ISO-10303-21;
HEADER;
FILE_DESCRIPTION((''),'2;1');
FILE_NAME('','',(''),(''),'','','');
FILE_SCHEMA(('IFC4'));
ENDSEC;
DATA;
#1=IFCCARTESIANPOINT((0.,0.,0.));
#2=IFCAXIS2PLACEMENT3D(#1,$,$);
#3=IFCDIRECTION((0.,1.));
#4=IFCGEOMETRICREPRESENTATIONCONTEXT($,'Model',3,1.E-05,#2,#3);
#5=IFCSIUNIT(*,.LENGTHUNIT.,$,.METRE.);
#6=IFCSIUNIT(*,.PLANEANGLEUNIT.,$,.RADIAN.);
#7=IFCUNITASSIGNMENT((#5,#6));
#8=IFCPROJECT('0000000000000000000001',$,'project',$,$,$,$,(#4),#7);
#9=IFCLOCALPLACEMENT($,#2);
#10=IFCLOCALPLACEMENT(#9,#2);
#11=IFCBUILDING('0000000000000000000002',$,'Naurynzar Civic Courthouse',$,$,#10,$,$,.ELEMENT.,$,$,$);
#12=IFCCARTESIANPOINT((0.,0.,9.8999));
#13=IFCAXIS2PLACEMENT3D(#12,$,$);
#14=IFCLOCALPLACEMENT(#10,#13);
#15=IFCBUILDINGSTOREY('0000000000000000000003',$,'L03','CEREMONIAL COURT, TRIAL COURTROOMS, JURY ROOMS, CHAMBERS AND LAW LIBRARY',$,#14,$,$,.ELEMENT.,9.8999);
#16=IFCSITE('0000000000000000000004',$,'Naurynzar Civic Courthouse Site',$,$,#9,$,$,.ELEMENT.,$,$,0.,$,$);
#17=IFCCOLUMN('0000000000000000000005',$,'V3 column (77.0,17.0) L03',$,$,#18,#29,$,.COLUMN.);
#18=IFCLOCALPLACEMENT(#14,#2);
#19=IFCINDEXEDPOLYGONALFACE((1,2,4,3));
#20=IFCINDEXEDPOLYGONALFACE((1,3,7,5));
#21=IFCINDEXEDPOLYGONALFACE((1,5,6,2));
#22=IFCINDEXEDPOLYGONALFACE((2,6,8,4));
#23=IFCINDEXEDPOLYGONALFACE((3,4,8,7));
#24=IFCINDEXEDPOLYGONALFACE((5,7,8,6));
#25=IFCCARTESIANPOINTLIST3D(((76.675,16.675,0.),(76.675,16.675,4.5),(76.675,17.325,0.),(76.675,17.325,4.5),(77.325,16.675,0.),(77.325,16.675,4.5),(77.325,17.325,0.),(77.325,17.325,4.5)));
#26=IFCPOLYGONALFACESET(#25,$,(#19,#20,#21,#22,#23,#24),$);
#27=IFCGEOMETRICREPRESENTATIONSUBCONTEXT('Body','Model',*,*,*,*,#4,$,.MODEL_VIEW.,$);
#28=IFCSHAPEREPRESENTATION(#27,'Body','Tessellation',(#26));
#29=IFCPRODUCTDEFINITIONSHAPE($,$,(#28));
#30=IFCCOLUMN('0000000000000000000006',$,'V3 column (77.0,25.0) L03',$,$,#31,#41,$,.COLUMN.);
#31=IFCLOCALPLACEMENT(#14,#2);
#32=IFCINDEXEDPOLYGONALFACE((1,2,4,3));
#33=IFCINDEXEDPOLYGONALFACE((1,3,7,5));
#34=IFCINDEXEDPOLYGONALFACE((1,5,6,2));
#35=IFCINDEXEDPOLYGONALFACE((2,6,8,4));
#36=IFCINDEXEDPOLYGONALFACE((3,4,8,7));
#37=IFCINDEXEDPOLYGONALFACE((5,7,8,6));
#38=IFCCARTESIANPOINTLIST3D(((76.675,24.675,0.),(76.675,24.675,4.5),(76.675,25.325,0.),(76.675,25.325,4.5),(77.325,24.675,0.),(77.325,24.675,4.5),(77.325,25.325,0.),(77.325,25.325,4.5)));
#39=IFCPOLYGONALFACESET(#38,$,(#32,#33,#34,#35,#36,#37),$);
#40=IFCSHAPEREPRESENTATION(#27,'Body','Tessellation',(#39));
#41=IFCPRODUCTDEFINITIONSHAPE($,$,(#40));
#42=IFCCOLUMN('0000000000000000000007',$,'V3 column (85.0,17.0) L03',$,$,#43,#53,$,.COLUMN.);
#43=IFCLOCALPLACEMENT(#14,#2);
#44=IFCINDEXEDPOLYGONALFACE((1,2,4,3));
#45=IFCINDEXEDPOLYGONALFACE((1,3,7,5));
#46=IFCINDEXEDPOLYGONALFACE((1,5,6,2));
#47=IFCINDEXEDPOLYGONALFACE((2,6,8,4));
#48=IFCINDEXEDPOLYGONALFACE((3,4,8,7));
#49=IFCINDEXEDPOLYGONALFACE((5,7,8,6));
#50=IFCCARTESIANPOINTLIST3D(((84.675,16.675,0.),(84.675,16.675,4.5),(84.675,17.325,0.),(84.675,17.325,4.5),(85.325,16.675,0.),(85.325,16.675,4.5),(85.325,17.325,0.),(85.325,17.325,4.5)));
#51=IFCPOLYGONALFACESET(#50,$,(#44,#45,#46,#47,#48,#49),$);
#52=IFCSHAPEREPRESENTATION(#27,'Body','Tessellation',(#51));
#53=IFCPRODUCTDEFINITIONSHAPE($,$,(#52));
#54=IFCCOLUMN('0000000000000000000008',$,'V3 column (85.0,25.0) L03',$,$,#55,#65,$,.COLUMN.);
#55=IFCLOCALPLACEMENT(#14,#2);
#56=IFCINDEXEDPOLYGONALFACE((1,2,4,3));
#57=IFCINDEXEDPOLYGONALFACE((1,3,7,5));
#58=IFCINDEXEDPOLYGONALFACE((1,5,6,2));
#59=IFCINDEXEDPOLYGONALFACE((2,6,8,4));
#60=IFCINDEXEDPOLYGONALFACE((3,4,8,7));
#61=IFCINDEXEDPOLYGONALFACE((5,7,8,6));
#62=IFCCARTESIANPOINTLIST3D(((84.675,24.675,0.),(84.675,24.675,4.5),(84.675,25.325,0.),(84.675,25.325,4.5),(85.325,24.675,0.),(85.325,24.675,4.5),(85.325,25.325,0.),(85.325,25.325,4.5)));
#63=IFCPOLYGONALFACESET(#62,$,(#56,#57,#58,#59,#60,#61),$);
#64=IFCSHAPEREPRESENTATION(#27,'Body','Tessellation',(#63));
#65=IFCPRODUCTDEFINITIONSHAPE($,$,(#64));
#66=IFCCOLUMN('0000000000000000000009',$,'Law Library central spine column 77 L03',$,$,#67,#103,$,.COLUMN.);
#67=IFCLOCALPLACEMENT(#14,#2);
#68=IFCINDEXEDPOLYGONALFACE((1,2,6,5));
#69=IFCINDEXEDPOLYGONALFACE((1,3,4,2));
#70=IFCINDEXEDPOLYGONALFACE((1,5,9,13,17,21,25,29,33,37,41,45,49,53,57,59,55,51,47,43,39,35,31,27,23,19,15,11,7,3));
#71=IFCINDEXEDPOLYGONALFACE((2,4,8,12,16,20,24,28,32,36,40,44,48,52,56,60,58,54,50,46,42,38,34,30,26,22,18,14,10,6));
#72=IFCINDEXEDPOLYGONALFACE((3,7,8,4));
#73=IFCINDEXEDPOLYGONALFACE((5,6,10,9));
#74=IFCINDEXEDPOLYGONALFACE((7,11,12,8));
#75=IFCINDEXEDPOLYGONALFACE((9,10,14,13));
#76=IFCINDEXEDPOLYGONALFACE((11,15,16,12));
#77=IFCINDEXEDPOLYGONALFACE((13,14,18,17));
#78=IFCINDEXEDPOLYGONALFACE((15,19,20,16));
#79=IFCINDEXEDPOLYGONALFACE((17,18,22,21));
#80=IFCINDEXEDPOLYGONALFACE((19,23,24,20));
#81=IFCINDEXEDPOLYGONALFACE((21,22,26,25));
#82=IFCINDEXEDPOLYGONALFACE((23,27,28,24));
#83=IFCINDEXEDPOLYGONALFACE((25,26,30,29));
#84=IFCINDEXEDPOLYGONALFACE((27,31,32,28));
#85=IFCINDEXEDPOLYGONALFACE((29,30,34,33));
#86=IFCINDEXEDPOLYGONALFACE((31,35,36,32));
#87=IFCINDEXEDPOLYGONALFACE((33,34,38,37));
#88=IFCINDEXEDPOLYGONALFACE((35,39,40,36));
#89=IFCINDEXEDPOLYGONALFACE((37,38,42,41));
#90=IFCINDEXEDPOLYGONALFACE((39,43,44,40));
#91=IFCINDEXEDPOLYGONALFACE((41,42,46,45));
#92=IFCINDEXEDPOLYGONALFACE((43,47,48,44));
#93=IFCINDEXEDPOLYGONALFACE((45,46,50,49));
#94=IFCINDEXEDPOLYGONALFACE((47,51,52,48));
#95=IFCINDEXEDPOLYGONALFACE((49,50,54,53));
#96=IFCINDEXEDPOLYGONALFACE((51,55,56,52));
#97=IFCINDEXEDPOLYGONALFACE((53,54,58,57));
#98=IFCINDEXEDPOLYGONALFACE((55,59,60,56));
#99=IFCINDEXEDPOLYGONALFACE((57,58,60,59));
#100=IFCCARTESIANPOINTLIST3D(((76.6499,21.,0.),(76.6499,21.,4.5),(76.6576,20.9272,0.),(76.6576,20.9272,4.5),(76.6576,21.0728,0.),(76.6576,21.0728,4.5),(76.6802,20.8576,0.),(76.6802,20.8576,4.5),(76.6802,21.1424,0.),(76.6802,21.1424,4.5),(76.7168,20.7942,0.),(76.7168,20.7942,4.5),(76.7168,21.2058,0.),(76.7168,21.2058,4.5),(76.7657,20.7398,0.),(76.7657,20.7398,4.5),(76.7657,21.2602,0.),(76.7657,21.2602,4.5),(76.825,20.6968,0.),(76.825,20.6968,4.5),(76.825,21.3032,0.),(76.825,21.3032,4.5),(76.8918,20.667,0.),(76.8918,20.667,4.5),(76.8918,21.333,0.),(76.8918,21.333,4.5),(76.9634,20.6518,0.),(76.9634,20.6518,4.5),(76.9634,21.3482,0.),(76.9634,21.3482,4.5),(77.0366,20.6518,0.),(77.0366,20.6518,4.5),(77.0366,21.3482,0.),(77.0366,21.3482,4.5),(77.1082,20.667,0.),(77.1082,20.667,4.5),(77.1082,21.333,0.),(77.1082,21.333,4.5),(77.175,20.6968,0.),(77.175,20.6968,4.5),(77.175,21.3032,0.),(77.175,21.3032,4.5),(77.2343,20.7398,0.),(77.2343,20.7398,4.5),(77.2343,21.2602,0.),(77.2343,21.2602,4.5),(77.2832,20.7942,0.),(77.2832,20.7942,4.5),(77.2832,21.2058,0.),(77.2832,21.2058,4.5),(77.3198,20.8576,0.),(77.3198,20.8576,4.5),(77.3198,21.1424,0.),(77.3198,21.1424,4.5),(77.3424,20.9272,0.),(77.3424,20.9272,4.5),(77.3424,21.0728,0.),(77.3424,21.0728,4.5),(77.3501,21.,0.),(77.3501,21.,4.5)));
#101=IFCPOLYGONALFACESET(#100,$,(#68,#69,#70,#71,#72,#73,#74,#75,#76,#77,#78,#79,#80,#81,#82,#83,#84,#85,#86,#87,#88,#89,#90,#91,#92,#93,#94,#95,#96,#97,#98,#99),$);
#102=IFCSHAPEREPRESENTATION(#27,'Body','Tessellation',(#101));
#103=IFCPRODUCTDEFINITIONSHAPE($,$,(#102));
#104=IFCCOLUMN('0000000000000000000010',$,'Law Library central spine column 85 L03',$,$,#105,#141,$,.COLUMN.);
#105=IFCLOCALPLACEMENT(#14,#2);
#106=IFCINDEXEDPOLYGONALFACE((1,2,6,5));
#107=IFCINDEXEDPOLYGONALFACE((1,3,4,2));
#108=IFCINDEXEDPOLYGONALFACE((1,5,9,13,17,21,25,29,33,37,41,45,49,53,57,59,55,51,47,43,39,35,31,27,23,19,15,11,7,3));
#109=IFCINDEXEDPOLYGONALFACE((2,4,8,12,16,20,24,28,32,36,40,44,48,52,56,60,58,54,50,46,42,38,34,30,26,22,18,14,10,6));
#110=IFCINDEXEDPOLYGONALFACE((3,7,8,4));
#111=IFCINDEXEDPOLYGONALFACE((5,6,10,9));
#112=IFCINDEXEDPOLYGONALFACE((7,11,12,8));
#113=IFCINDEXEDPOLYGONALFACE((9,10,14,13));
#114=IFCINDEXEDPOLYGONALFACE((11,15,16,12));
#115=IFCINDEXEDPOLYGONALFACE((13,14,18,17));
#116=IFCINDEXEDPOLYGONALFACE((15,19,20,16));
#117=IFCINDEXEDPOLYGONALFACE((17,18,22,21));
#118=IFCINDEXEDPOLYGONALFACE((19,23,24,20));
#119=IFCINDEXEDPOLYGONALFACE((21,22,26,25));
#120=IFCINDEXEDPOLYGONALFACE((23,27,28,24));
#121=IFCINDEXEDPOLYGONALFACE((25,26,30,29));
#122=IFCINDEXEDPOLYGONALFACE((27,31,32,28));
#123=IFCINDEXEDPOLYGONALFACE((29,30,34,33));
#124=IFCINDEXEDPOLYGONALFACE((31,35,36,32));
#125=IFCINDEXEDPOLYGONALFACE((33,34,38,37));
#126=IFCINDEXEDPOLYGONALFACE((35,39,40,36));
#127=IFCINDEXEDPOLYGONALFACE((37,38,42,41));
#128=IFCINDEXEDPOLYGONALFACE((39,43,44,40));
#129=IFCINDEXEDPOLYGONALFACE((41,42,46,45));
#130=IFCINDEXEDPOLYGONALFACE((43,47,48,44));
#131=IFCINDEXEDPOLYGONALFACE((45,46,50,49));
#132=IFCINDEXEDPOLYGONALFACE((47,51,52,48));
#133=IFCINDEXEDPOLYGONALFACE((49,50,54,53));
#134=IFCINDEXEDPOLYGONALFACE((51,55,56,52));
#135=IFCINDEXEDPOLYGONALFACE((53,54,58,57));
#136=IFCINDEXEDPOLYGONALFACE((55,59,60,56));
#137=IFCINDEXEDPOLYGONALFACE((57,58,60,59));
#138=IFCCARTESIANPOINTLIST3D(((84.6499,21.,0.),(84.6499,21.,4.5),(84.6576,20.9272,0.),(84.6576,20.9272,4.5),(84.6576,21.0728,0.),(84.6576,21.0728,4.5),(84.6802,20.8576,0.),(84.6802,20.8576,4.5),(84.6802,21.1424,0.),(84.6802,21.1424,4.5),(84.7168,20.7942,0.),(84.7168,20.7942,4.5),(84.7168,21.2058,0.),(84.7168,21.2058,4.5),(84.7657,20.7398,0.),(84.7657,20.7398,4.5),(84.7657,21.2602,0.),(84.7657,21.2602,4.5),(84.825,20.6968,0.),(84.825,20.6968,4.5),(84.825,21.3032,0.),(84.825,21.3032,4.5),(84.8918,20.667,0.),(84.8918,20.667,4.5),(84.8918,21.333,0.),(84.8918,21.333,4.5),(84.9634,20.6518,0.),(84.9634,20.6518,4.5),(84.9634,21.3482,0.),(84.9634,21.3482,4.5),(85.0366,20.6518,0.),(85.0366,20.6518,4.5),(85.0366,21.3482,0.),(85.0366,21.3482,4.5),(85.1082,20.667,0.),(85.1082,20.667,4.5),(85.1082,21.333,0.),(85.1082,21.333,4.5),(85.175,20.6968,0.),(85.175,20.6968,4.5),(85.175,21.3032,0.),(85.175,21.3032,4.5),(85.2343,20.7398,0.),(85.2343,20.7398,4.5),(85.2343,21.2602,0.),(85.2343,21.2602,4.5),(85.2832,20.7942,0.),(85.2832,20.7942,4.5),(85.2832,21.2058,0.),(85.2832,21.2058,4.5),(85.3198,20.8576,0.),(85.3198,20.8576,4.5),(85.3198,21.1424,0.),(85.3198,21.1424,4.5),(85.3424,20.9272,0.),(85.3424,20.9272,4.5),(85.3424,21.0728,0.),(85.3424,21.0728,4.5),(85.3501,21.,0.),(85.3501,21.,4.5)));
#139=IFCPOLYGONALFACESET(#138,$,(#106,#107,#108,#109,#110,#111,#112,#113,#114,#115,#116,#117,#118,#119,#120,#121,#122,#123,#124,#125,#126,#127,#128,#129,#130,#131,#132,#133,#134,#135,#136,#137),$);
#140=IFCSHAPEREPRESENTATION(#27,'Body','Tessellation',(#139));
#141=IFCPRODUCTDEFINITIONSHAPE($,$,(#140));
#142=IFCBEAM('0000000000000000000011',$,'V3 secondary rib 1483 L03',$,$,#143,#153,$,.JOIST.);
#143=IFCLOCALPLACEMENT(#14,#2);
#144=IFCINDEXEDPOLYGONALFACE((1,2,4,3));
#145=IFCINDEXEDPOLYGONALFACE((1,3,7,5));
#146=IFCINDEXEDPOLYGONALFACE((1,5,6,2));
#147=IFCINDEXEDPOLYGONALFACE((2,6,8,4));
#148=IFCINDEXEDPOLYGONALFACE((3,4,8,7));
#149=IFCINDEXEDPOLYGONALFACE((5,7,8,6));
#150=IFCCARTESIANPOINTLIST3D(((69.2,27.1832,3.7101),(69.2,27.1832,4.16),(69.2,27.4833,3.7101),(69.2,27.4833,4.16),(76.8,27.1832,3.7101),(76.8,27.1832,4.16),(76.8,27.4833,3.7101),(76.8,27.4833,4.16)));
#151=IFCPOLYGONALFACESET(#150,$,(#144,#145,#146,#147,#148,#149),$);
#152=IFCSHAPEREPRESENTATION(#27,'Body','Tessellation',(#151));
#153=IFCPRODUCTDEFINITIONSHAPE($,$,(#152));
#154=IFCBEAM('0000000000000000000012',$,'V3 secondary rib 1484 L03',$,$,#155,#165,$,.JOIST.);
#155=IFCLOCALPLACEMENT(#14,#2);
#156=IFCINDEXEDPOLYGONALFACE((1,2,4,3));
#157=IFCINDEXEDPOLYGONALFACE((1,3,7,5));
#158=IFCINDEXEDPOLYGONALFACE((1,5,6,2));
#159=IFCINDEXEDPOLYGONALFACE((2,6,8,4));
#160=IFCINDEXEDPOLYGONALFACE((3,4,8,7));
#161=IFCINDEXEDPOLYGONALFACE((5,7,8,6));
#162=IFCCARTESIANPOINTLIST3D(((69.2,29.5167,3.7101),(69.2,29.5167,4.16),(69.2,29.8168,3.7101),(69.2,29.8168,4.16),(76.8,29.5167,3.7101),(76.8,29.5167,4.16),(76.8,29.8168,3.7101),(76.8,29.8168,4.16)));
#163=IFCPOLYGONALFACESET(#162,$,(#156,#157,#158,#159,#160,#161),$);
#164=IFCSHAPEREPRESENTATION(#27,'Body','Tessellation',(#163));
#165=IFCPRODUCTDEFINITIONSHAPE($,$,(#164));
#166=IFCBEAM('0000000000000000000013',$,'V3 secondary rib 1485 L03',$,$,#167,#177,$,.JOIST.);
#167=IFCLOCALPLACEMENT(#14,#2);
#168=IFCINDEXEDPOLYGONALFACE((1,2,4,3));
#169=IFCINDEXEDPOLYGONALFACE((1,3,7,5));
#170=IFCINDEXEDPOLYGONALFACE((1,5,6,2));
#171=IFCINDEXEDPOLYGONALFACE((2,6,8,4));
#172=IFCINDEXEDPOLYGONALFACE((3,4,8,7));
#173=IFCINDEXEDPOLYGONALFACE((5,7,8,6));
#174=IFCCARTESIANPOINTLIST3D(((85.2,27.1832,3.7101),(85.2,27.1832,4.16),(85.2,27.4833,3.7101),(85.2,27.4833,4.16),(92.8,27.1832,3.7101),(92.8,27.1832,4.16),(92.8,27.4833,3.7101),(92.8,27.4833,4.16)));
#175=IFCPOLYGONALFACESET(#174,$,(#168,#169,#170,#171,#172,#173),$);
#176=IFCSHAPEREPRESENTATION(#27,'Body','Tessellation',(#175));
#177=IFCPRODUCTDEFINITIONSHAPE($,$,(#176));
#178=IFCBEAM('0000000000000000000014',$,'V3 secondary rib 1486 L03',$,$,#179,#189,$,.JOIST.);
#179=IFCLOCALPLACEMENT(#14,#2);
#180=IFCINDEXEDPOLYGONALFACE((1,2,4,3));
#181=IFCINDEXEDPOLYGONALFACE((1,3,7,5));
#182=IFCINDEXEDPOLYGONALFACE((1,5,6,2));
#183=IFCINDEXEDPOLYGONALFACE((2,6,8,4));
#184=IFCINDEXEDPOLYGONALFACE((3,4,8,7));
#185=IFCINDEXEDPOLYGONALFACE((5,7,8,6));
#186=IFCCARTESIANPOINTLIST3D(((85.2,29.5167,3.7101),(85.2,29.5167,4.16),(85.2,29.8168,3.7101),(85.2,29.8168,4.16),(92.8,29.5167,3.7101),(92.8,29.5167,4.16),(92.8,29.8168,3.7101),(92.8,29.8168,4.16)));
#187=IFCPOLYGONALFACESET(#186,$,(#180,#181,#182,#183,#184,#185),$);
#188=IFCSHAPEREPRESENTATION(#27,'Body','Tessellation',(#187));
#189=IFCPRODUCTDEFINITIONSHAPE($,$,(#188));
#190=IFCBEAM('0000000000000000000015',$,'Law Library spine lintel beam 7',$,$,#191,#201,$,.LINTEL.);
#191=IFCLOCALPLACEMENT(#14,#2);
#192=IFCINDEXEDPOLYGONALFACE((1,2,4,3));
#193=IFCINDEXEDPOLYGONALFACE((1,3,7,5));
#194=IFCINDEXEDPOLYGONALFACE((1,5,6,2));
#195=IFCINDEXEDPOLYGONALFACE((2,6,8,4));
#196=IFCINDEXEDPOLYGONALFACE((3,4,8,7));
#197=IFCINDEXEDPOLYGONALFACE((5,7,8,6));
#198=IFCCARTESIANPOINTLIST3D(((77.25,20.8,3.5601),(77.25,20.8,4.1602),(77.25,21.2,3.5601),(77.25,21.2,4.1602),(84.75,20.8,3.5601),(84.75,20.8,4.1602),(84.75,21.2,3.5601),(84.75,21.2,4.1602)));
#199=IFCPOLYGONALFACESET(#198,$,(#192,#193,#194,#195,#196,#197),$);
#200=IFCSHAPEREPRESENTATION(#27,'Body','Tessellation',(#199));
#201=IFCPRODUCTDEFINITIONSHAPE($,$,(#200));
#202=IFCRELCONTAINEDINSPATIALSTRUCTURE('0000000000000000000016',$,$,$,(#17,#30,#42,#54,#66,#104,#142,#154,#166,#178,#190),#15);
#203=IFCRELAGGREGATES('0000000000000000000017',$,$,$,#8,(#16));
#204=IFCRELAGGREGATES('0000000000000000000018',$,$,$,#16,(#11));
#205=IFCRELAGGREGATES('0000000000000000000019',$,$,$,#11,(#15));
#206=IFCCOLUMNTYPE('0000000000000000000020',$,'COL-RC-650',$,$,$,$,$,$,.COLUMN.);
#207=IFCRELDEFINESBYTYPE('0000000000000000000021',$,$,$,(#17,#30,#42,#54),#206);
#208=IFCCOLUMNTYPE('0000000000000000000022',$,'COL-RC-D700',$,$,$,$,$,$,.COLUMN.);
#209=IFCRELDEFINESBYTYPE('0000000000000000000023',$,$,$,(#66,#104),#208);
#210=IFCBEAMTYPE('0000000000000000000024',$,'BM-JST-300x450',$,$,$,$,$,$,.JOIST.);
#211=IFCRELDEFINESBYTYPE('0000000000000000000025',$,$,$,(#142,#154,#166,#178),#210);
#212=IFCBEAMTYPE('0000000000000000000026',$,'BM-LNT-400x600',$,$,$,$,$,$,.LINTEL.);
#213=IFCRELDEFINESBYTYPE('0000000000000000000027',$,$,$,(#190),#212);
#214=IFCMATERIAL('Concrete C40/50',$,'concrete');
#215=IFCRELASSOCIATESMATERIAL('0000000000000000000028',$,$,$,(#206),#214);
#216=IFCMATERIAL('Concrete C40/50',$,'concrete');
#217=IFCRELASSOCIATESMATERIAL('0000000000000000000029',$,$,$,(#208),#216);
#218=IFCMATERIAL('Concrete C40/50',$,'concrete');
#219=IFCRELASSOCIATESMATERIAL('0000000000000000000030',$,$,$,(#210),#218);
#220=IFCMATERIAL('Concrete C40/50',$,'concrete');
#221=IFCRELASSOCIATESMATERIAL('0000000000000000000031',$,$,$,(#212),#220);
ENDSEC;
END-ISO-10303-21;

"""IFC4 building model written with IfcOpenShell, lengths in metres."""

from ifc_helpers import new_model, si_unit, direction, frame, origin, origin_2d, place, context, subcontext, project, spatial, rectangle, circle, extrude, material, material_profile, profile_set, type_object, element, save


model = new_model("IFC4")

# Units and contexts
model_context = context("Model", 3, precision=1e-05, world=origin(), true_north=direction((0.0, 1.0)))
body_context = subcontext(model_context, "Body", "Model", "MODEL_VIEW")
ifc_project = project(units=[si_unit("LENGTHUNIT", "METRE"), si_unit("PLANEANGLEUNIT", "RADIAN")], contexts=[model_context])

# Site, building, storey
site_placement = place(None, origin())
site = spatial("IfcSite", under=ifc_project, at=site_placement, Name="Naurynzar Civic Courthouse Site", CompositionType="ELEMENT", RefElevation=0.0)
building_placement = place(site_placement, origin())
building = spatial("IfcBuilding", under=site, at=building_placement, Name="Naurynzar Civic Courthouse", CompositionType="ELEMENT")
storey_placement = place(building_placement, frame((0.0, 0.0, 9.8999)))
storey = spatial("IfcBuildingStorey", under=building, at=storey_placement, Name="L03", Description="CEREMONIAL COURT, TRIAL COURTROOMS, JURY ROOMS, CHAMBERS AND LAW LIBRARY", CompositionType="ELEMENT", Elevation=9.8999)

# Columns
ifc_material_1 = material(Name="Concrete C40/50", Category="concrete")
ifc_material_profile_1 = material_profile(ifc_material_1, rectangle(XDim=0.6499, YDim=0.6499, at=origin_2d()), Name="RC 650x650")
ifc_profile_set_1 = profile_set([ifc_material_profile_1], Name="Concrete C40/50")
column_type_1 = type_object("IfcColumnType", Name="COL-RC-650", PredefinedType="COLUMN", material=ifc_profile_set_1)
for number, where, z_axis, x_axis, name in (
    (1, (77.0, 17.0, 0.0), (0.0, 0.0, 1.0), (1.0, 0.0, 0.0), "V3 column (77.0,17.0) L03"),
    (2, (77.0, 25.0, 0.0), (0.0, 0.0, 1.0), (1.0, 0.0, 0.0), "V3 column (77.0,25.0) L03"),
    (3, (85.0, 17.0, 0.0), (0.0, 0.0, 1.0), (1.0, 0.0, 0.0), "V3 column (85.0,17.0) L03"),
    (4, (85.0, 25.0, 0.0), (0.0, 0.0, 1.0), (1.0, 0.0, 0.0), "V3 column (85.0,25.0) L03"),
):
    element("IfcColumn", number, at=place(storey_placement, frame(where, z_axis=z_axis, x_axis=x_axis)), inside=storey, type_object=column_type_1, Name=name, PredefinedType="COLUMN", context=body_context, shape_type="SweptSolid", body=[
        extrude(rectangle(XDim=0.6499, YDim=0.6499, at=origin_2d()), origin(), (0.0, 0.0, 1.0), 4.5),
    ])
ifc_material_2 = material(Name="Concrete C40/50", Category="concrete")
ifc_material_profile_2 = material_profile(ifc_material_2, circle(Radius=0.3501, at=origin_2d()), Name="RC D700")
ifc_profile_set_2 = profile_set([ifc_material_profile_2], Name="Concrete C40/50")
column_type_2 = type_object("IfcColumnType", Name="COL-RC-D700", PredefinedType="COLUMN", material=ifc_profile_set_2)
for number, where, z_axis, x_axis, name in (
    (5, (77.0, 21.0, 0.0), (0.0, 0.0, 1.0), (1.0, 0.0, 0.0), "Law Library central spine column 77 L03"),
    (6, (85.0, 21.0, 0.0), (0.0, 0.0, 1.0), (1.0, 0.0, 0.0), "Law Library central spine column 85 L03"),
):
    element("IfcColumn", number, at=place(storey_placement, frame(where, z_axis=z_axis, x_axis=x_axis)), inside=storey, type_object=column_type_2, Name=name, PredefinedType="COLUMN", context=body_context, shape_type="SweptSolid", body=[
        extrude(circle(Radius=0.3501, at=origin_2d()), origin(), (0.0, 0.0, 1.0), 4.5),
    ])

# Beams
ifc_material_3 = material(Name="Concrete C40/50", Category="concrete")
ifc_material_profile_3 = material_profile(ifc_material_3, rectangle(XDim=0.3, YDim=0.45, at=origin_2d()), Name="RCJ 300x450")
ifc_profile_set_3 = profile_set([ifc_material_profile_3], Name="Concrete C40/50")
beam_type_1 = type_object("IfcBeamType", Name="BM-JST-300x450", PredefinedType="JOIST", material=ifc_profile_set_3)
for number, where, z_axis, x_axis, name in (
    (7, (69.2, 27.3333, 3.9351), (1.0, 0.0, 0.0), (0.0, 1.0, 0.0), "V3 secondary rib 1483 L03"),
    (8, (69.2, 29.6667, 3.9351), (1.0, 0.0, 0.0), (0.0, 1.0, 0.0), "V3 secondary rib 1484 L03"),
    (9, (85.2, 27.3333, 3.9351), (1.0, 0.0, 0.0), (0.0, 1.0, 0.0), "V3 secondary rib 1485 L03"),
    (10, (85.2, 29.6667, 3.9351), (1.0, 0.0, 0.0), (0.0, 1.0, 0.0), "V3 secondary rib 1486 L03"),
):
    element("IfcBeam", number, at=place(storey_placement, frame(where, z_axis=z_axis, x_axis=x_axis)), inside=storey, type_object=beam_type_1, Name=name, PredefinedType="JOIST", context=body_context, shape_type="SweptSolid", body=[
        extrude(rectangle(XDim=0.3, YDim=0.45, at=origin_2d()), origin(), (0.0, 0.0, 1.0), 7.6001),
    ])
ifc_material_4 = material(Name="Concrete C40/50", Category="concrete")
ifc_material_profile_4 = material_profile(ifc_material_4, rectangle(XDim=0.3999, YDim=0.6001, at=origin_2d()), Name="RCL 400x600")
ifc_profile_set_4 = profile_set([ifc_material_profile_4], Name="Concrete C40/50")
beam_type_2 = type_object("IfcBeamType", Name="BM-LNT-400x600", PredefinedType="LINTEL", material=ifc_profile_set_4)
beam_1_placement = place(storey_placement, frame((77.25, 21.0, 3.8601), z_axis=(1.0, 0.0, 0.0), x_axis=(0.0, 1.0, 0.0)))
element("IfcBeam", 11, at=beam_1_placement, inside=storey, type_object=beam_type_2, Name="Law Library spine lintel beam 7", PredefinedType="LINTEL", context=body_context, shape_type="SweptSolid", body=[
    extrude(rectangle(XDim=0.3999, YDim=0.6001, at=origin_2d()), origin(), (0.0, 0.0, 1.0), 7.5),
])

save(model, "model.ifc")
